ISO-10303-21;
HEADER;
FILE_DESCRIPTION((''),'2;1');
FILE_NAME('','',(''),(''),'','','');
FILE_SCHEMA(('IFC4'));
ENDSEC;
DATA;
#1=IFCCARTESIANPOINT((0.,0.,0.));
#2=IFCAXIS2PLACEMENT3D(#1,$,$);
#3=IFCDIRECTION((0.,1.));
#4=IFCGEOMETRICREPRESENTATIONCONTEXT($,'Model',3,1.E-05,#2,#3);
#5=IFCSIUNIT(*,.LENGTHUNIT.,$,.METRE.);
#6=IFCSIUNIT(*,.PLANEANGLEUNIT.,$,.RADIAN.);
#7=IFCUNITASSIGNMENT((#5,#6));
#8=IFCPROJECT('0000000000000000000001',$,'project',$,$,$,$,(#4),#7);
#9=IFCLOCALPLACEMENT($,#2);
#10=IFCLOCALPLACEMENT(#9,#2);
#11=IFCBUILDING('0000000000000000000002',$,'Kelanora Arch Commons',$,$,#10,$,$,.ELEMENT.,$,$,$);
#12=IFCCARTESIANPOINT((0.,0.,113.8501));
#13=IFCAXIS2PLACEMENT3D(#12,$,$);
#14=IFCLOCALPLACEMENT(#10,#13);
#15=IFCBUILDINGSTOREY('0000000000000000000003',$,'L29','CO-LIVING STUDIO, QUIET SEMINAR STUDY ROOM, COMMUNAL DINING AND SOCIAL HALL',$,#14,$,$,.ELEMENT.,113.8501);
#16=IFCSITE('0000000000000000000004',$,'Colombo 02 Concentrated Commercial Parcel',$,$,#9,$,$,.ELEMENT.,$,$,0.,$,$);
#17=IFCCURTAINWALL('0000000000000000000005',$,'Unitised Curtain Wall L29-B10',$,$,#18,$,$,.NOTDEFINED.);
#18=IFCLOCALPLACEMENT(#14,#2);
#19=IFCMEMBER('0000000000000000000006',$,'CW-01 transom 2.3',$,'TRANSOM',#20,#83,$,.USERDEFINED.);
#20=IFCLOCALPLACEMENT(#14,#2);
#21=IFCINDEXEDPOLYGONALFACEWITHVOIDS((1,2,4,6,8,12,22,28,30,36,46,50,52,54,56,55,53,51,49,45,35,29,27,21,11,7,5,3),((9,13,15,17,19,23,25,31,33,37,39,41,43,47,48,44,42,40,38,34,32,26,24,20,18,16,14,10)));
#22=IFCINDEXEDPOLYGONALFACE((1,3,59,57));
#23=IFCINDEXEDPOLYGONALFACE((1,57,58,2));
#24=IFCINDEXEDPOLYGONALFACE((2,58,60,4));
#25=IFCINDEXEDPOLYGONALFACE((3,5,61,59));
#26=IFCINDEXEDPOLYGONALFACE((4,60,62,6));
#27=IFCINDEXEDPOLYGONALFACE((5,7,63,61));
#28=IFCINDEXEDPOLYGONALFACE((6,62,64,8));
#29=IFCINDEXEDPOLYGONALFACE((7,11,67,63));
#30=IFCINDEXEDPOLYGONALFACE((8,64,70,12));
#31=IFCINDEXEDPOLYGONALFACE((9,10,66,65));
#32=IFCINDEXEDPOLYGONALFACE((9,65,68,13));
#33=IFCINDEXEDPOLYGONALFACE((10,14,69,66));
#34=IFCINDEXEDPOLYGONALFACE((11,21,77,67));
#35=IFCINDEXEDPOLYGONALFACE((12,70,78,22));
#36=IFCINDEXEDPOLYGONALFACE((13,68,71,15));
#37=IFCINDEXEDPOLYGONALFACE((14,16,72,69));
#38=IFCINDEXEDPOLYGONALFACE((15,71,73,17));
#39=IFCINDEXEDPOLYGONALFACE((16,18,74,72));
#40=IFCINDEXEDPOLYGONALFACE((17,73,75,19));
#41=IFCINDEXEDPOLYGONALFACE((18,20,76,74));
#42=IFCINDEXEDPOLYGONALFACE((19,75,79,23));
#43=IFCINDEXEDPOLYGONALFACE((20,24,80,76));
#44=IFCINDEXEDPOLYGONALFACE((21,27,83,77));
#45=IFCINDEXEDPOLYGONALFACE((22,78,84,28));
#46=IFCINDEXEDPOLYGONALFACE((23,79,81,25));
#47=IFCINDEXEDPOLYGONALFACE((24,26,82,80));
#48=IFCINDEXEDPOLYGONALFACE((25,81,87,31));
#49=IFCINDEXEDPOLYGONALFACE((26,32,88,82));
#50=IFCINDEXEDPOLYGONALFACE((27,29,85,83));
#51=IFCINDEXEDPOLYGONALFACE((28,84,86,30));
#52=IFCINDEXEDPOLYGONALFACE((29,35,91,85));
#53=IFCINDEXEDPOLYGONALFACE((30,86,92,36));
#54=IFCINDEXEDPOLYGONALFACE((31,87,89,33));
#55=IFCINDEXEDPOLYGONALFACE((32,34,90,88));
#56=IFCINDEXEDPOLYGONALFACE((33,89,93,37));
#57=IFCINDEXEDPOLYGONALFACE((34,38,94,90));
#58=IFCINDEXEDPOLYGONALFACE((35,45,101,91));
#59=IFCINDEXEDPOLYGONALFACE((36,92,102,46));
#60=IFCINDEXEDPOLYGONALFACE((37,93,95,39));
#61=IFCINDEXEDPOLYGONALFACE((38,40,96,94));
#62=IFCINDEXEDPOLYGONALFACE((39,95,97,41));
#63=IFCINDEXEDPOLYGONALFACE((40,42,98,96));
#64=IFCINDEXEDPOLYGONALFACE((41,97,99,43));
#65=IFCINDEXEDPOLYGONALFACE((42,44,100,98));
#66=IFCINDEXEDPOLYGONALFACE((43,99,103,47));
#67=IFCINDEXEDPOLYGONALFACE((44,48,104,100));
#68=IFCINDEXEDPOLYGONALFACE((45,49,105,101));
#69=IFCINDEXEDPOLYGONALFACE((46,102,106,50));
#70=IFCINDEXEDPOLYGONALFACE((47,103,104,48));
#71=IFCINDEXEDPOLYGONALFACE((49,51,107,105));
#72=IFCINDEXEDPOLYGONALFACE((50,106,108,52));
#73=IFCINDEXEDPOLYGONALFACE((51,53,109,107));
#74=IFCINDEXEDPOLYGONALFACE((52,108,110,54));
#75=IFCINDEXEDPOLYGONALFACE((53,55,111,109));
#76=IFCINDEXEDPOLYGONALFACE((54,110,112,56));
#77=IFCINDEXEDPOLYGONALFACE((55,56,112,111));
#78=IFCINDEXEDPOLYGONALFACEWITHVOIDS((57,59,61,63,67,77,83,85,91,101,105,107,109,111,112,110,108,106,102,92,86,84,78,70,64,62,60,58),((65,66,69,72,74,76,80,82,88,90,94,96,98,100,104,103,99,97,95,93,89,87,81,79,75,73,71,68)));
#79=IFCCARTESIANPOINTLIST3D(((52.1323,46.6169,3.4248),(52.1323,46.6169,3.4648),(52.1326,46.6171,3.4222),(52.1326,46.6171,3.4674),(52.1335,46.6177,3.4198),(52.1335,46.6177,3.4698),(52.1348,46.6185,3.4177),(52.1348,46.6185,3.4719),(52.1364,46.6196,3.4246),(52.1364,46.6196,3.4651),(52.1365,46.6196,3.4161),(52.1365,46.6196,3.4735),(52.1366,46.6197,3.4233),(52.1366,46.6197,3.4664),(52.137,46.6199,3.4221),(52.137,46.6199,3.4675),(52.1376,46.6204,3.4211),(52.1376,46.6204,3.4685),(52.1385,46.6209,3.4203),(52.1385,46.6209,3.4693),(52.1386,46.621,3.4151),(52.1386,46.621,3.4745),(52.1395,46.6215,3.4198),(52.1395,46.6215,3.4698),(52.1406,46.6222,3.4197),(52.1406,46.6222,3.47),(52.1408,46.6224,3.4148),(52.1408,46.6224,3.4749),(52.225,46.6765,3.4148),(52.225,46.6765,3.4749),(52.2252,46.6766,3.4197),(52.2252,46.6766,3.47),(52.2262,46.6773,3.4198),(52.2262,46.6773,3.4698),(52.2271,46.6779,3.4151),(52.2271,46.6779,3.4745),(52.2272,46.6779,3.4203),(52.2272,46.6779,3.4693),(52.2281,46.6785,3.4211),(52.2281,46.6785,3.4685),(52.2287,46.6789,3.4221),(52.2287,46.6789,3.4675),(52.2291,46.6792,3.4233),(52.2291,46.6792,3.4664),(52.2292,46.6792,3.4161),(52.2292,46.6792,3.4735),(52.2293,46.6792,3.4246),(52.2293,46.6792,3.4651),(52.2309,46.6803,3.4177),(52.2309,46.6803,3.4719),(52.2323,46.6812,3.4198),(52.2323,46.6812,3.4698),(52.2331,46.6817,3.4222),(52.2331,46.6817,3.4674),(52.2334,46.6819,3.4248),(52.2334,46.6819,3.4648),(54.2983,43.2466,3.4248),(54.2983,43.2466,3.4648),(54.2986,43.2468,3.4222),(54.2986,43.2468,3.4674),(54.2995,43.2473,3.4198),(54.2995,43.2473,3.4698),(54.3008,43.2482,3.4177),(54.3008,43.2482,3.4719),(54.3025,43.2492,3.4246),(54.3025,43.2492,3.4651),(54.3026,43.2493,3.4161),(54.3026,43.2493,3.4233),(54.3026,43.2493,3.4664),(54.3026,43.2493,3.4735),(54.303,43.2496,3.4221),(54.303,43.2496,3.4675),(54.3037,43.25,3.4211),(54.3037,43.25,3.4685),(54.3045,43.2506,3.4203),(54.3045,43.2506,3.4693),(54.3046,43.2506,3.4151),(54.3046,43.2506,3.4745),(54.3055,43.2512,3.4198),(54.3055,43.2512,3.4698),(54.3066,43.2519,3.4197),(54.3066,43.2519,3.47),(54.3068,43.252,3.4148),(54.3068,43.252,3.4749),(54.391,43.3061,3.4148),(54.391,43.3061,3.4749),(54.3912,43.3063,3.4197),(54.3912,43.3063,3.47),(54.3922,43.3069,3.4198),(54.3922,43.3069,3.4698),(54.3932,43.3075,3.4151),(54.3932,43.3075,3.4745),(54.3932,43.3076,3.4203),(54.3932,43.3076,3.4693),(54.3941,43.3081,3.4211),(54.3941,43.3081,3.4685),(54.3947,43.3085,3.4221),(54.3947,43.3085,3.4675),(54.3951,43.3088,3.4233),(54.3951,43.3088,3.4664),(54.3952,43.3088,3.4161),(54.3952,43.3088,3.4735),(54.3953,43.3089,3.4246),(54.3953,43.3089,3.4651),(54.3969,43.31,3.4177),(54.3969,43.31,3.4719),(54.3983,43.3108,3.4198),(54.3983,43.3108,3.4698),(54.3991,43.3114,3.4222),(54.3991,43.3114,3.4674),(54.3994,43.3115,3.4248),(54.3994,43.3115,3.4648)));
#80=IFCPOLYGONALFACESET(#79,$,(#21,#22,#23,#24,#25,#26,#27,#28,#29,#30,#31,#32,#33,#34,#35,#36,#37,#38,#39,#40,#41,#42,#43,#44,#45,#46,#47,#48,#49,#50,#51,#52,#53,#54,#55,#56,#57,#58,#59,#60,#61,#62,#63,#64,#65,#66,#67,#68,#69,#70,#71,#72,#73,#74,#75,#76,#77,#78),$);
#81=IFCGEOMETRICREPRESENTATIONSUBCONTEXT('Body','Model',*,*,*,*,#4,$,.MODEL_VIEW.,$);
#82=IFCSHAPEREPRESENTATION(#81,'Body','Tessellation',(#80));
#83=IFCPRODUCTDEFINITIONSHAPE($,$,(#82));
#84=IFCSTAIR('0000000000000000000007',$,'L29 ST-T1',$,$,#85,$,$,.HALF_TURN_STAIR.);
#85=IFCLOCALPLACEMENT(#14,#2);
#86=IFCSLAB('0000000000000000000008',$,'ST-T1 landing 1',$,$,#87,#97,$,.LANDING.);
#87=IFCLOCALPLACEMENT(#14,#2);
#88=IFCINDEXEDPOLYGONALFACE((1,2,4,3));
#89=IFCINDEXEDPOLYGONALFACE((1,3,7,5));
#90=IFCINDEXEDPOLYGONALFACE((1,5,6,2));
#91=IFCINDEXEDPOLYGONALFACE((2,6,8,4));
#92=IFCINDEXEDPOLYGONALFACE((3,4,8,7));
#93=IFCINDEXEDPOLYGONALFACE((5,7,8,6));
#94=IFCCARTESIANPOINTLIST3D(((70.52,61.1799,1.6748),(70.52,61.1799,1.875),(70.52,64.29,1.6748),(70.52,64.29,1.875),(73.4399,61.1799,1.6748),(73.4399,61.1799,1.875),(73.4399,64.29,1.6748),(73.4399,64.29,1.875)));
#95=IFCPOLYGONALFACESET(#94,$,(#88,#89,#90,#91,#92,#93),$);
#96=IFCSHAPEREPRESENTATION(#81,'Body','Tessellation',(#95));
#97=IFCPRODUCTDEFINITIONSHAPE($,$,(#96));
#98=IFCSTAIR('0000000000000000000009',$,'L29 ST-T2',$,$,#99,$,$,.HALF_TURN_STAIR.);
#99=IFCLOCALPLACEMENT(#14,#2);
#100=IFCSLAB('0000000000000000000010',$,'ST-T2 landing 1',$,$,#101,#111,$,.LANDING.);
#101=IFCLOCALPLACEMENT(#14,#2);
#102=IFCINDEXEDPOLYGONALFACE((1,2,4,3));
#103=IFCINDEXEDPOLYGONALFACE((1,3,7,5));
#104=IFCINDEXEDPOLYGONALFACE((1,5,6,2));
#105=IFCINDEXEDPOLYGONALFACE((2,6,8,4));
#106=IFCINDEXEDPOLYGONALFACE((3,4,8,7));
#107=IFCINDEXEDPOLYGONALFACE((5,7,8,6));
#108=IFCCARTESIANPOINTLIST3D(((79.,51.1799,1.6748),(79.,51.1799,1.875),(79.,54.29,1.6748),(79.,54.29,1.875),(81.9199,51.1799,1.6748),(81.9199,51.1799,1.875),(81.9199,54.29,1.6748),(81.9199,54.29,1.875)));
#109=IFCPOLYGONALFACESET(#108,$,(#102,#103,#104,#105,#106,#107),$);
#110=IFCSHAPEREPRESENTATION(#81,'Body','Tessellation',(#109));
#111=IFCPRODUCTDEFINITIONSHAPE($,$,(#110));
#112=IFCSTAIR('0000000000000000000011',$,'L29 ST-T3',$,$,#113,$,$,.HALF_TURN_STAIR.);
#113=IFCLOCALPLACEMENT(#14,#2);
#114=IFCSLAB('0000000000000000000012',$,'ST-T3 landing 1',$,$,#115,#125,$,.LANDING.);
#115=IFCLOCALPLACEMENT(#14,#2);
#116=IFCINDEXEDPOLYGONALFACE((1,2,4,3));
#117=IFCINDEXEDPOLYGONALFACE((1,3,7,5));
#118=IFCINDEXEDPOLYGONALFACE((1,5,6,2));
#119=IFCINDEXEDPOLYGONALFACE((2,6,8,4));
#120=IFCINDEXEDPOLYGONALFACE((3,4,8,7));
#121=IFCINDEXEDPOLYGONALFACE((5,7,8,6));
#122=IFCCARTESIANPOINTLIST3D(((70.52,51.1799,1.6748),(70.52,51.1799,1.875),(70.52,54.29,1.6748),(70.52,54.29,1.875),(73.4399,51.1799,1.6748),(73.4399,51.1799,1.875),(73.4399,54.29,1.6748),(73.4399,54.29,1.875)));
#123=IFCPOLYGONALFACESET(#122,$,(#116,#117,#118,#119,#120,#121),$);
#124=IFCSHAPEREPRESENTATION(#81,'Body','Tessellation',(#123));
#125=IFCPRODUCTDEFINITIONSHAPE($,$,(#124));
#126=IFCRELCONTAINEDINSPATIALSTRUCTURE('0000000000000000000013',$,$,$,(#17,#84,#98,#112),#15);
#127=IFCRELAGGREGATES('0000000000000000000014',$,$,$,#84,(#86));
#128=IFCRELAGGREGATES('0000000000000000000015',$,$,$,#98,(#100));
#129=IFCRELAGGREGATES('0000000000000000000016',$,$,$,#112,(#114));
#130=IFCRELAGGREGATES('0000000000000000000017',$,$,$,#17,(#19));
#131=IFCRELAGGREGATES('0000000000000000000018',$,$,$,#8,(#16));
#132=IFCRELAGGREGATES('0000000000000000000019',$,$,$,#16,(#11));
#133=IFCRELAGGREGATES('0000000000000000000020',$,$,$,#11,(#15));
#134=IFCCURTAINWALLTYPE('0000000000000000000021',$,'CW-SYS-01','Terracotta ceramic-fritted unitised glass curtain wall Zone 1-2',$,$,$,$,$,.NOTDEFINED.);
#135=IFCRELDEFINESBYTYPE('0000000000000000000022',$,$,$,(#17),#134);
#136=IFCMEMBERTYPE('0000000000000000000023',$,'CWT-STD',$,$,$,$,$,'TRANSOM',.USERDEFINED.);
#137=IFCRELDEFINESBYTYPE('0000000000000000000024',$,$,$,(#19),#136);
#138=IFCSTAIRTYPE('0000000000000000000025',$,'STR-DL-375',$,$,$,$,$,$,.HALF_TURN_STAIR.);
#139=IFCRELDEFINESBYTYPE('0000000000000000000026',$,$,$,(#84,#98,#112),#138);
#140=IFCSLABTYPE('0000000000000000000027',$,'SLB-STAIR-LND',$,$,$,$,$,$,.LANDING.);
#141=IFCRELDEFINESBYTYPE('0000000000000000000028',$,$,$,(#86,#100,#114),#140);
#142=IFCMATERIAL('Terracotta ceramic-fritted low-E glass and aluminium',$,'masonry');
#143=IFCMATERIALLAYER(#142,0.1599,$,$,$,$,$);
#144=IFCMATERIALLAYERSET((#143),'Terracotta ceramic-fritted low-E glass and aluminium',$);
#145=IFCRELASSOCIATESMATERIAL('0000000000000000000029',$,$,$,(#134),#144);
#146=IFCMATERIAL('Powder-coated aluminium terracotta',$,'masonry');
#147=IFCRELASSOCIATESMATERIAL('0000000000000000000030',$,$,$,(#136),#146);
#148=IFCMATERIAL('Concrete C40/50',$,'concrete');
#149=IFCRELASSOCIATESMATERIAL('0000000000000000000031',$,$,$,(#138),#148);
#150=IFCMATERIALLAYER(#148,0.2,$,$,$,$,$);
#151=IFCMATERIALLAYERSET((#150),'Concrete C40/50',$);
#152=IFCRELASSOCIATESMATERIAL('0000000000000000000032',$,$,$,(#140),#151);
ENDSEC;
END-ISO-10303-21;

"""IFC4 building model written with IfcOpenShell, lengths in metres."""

from ifc_helpers import new_model, si_unit, direction, frame, origin, origin_2d, place, context, subcontext, project, spatial, polyline, hollow_rectangle, outline, extrude, material, layer, layer_set, material_profile, profile_set, type_object, element, aggregate, save


model = new_model("IFC4")

# Units and contexts
model_context = context("Model", 3, precision=1e-05, world=origin(), true_north=direction((0.0, 1.0)))
body_context = subcontext(model_context, "Body", "Model", "MODEL_VIEW")
ifc_project = project(units=[si_unit("LENGTHUNIT", "METRE"), si_unit("PLANEANGLEUNIT", "RADIAN")], contexts=[model_context])

# Site, building, storey
site_placement = place(None, origin())
site = spatial("IfcSite", under=ifc_project, at=site_placement, Name="Colombo 02 Concentrated Commercial Parcel", CompositionType="ELEMENT", RefElevation=0.0)
building_placement = place(site_placement, origin())
building = spatial("IfcBuilding", under=site, at=building_placement, Name="Kelanora Arch Commons", CompositionType="ELEMENT")
storey_placement = place(building_placement, frame((0.0, 0.0, 113.8501)))
storey = spatial("IfcBuildingStorey", under=building, at=storey_placement, Name="L29", Description="CO-LIVING STUDIO, QUIET SEMINAR STUDY ROOM, COMMUNAL DINING AND SOCIAL HALL", CompositionType="ELEMENT", Elevation=113.8501)

# Shared definitions
ifc_material_1 = material(Name="Terracotta ceramic-fritted low-E glass and aluminium", Category="masonry")
ifc_layer_1 = layer(ifc_material_1, 0.1599)
ifc_layer_set_1 = layer_set([ifc_layer_1], Name="Terracotta ceramic-fritted low-E glass and aluminium")
curtain_wall_type = type_object("IfcCurtainWallType", Name="CW-SYS-01", Description="Terracotta ceramic-fritted unitised glass curtain wall Zone 1-2", PredefinedType="NOTDEFINED", material=ifc_layer_set_1)
ifc_material_2 = material(Name="Powder-coated aluminium terracotta", Category="masonry")

# Curtain wall, member
curtain_wall_1_placement = place(storey_placement, origin())
curtain_wall_1 = element("IfcCurtainWall", 1, at=curtain_wall_1_placement, inside=storey, type_object=curtain_wall_type, Name="Unitised Curtain Wall L29-B10", PredefinedType="NOTDEFINED")
ifc_material_profile_1 = material_profile(ifc_material_2, hollow_rectangle(XDim=0.1201, YDim=0.0601, WallThickness=0.0049, InnerFilletRadius=0.0049, OuterFilletRadius=0.01, at=origin_2d()), Name="CWT120x60")
ifc_profile_set_1 = profile_set([ifc_material_profile_1], Name="Powder-coated aluminium terracotta")
member_type_1 = type_object("IfcMemberType", Name="CWT-STD", ElementType="TRANSOM", PredefinedType="USERDEFINED", material=ifc_profile_set_1)
member_1_placement = place(storey_placement, frame((52.1829, 46.6494, 3.4448), z_axis=(0.540644, -0.841252, 0.0), x_axis=(0.841252, 0.540644, 0.0)))
member_1 = element("IfcMember", 2, at=member_1_placement, type_object=member_type_1, Name="CW-01 transom 2.3", ObjectType="TRANSOM", PredefinedType="USERDEFINED", context=body_context, shape_type="SweptSolid", body=[
    extrude(hollow_rectangle(XDim=0.1201, YDim=0.0601, WallThickness=0.0049, InnerFilletRadius=0.0049, OuterFilletRadius=0.01, at=origin_2d()), origin(), (0.0, 0.0, 1.0), 4.0063),
])

# Stairs, slabs
ifc_material_3 = material(Name="Concrete C40/50", Category="concrete")
stair_type = type_object("IfcStairType", Name="STR-DL-375", PredefinedType="HALF_TURN_STAIR", material=ifc_material_3)
stair_1_placement = place(storey_placement, origin())
stair_1 = element("IfcStair", 3, at=stair_1_placement, inside=storey, type_object=stair_type, Name="L29 ST-T1", PredefinedType="HALF_TURN_STAIR")
ifc_layer_2 = layer(ifc_material_3, 0.2)
ifc_layer_set_2 = layer_set([ifc_layer_2], Name="Concrete C40/50")
slab_type_1 = type_object("IfcSlabType", Name="SLB-STAIR-LND", PredefinedType="LANDING", material=ifc_layer_set_2)
slab_1_placement = place(storey_placement, frame((0.0, 0.0, 1.6748)))
slab_1 = element("IfcSlab", 4, at=slab_1_placement, type_object=slab_type_1, Name="ST-T1 landing 1", PredefinedType="LANDING", context=body_context, shape_type="SweptSolid", body=[
    extrude(outline(polyline([(70.52, 61.1799), (73.4399, 61.1799), (73.4399, 64.29), (70.52, 64.29), (70.52, 61.1799)])), origin(), (0.0, 0.0, 1.0), 0.2002),
])
aggregate(stair_1, [slab_1])
stair_2_placement = place(storey_placement, origin())
stair_2 = element("IfcStair", 5, at=stair_2_placement, inside=storey, type_object=stair_type, Name="L29 ST-T2", PredefinedType="HALF_TURN_STAIR")
slab_2_placement = place(storey_placement, frame((0.0, 0.0, 1.6748)))
slab_2 = element("IfcSlab", 6, at=slab_2_placement, type_object=slab_type_1, Name="ST-T2 landing 1", PredefinedType="LANDING", context=body_context, shape_type="SweptSolid", body=[
    extrude(outline(polyline([(79.0, 51.1799), (81.9199, 51.1799), (81.9199, 54.29), (79.0, 54.29), (79.0, 51.1799)])), origin(), (0.0, 0.0, 1.0), 0.2002),
])
aggregate(stair_2, [slab_2])
stair_3_placement = place(storey_placement, origin())
stair_3 = element("IfcStair", 7, at=stair_3_placement, inside=storey, type_object=stair_type, Name="L29 ST-T3", PredefinedType="HALF_TURN_STAIR")
slab_3_placement = place(storey_placement, frame((0.0, 0.0, 1.6748)))
slab_3 = element("IfcSlab", 8, at=slab_3_placement, type_object=slab_type_1, Name="ST-T3 landing 1", PredefinedType="LANDING", context=body_context, shape_type="SweptSolid", body=[
    extrude(outline(polyline([(70.52, 51.1799), (73.4399, 51.1799), (73.4399, 54.29), (70.52, 54.29), (70.52, 51.1799)])), origin(), (0.0, 0.0, 1.0), 0.2002),
])
aggregate(stair_3, [slab_3])

aggregate(curtain_wall_1, [member_1])

save(model, "model.ifc")
